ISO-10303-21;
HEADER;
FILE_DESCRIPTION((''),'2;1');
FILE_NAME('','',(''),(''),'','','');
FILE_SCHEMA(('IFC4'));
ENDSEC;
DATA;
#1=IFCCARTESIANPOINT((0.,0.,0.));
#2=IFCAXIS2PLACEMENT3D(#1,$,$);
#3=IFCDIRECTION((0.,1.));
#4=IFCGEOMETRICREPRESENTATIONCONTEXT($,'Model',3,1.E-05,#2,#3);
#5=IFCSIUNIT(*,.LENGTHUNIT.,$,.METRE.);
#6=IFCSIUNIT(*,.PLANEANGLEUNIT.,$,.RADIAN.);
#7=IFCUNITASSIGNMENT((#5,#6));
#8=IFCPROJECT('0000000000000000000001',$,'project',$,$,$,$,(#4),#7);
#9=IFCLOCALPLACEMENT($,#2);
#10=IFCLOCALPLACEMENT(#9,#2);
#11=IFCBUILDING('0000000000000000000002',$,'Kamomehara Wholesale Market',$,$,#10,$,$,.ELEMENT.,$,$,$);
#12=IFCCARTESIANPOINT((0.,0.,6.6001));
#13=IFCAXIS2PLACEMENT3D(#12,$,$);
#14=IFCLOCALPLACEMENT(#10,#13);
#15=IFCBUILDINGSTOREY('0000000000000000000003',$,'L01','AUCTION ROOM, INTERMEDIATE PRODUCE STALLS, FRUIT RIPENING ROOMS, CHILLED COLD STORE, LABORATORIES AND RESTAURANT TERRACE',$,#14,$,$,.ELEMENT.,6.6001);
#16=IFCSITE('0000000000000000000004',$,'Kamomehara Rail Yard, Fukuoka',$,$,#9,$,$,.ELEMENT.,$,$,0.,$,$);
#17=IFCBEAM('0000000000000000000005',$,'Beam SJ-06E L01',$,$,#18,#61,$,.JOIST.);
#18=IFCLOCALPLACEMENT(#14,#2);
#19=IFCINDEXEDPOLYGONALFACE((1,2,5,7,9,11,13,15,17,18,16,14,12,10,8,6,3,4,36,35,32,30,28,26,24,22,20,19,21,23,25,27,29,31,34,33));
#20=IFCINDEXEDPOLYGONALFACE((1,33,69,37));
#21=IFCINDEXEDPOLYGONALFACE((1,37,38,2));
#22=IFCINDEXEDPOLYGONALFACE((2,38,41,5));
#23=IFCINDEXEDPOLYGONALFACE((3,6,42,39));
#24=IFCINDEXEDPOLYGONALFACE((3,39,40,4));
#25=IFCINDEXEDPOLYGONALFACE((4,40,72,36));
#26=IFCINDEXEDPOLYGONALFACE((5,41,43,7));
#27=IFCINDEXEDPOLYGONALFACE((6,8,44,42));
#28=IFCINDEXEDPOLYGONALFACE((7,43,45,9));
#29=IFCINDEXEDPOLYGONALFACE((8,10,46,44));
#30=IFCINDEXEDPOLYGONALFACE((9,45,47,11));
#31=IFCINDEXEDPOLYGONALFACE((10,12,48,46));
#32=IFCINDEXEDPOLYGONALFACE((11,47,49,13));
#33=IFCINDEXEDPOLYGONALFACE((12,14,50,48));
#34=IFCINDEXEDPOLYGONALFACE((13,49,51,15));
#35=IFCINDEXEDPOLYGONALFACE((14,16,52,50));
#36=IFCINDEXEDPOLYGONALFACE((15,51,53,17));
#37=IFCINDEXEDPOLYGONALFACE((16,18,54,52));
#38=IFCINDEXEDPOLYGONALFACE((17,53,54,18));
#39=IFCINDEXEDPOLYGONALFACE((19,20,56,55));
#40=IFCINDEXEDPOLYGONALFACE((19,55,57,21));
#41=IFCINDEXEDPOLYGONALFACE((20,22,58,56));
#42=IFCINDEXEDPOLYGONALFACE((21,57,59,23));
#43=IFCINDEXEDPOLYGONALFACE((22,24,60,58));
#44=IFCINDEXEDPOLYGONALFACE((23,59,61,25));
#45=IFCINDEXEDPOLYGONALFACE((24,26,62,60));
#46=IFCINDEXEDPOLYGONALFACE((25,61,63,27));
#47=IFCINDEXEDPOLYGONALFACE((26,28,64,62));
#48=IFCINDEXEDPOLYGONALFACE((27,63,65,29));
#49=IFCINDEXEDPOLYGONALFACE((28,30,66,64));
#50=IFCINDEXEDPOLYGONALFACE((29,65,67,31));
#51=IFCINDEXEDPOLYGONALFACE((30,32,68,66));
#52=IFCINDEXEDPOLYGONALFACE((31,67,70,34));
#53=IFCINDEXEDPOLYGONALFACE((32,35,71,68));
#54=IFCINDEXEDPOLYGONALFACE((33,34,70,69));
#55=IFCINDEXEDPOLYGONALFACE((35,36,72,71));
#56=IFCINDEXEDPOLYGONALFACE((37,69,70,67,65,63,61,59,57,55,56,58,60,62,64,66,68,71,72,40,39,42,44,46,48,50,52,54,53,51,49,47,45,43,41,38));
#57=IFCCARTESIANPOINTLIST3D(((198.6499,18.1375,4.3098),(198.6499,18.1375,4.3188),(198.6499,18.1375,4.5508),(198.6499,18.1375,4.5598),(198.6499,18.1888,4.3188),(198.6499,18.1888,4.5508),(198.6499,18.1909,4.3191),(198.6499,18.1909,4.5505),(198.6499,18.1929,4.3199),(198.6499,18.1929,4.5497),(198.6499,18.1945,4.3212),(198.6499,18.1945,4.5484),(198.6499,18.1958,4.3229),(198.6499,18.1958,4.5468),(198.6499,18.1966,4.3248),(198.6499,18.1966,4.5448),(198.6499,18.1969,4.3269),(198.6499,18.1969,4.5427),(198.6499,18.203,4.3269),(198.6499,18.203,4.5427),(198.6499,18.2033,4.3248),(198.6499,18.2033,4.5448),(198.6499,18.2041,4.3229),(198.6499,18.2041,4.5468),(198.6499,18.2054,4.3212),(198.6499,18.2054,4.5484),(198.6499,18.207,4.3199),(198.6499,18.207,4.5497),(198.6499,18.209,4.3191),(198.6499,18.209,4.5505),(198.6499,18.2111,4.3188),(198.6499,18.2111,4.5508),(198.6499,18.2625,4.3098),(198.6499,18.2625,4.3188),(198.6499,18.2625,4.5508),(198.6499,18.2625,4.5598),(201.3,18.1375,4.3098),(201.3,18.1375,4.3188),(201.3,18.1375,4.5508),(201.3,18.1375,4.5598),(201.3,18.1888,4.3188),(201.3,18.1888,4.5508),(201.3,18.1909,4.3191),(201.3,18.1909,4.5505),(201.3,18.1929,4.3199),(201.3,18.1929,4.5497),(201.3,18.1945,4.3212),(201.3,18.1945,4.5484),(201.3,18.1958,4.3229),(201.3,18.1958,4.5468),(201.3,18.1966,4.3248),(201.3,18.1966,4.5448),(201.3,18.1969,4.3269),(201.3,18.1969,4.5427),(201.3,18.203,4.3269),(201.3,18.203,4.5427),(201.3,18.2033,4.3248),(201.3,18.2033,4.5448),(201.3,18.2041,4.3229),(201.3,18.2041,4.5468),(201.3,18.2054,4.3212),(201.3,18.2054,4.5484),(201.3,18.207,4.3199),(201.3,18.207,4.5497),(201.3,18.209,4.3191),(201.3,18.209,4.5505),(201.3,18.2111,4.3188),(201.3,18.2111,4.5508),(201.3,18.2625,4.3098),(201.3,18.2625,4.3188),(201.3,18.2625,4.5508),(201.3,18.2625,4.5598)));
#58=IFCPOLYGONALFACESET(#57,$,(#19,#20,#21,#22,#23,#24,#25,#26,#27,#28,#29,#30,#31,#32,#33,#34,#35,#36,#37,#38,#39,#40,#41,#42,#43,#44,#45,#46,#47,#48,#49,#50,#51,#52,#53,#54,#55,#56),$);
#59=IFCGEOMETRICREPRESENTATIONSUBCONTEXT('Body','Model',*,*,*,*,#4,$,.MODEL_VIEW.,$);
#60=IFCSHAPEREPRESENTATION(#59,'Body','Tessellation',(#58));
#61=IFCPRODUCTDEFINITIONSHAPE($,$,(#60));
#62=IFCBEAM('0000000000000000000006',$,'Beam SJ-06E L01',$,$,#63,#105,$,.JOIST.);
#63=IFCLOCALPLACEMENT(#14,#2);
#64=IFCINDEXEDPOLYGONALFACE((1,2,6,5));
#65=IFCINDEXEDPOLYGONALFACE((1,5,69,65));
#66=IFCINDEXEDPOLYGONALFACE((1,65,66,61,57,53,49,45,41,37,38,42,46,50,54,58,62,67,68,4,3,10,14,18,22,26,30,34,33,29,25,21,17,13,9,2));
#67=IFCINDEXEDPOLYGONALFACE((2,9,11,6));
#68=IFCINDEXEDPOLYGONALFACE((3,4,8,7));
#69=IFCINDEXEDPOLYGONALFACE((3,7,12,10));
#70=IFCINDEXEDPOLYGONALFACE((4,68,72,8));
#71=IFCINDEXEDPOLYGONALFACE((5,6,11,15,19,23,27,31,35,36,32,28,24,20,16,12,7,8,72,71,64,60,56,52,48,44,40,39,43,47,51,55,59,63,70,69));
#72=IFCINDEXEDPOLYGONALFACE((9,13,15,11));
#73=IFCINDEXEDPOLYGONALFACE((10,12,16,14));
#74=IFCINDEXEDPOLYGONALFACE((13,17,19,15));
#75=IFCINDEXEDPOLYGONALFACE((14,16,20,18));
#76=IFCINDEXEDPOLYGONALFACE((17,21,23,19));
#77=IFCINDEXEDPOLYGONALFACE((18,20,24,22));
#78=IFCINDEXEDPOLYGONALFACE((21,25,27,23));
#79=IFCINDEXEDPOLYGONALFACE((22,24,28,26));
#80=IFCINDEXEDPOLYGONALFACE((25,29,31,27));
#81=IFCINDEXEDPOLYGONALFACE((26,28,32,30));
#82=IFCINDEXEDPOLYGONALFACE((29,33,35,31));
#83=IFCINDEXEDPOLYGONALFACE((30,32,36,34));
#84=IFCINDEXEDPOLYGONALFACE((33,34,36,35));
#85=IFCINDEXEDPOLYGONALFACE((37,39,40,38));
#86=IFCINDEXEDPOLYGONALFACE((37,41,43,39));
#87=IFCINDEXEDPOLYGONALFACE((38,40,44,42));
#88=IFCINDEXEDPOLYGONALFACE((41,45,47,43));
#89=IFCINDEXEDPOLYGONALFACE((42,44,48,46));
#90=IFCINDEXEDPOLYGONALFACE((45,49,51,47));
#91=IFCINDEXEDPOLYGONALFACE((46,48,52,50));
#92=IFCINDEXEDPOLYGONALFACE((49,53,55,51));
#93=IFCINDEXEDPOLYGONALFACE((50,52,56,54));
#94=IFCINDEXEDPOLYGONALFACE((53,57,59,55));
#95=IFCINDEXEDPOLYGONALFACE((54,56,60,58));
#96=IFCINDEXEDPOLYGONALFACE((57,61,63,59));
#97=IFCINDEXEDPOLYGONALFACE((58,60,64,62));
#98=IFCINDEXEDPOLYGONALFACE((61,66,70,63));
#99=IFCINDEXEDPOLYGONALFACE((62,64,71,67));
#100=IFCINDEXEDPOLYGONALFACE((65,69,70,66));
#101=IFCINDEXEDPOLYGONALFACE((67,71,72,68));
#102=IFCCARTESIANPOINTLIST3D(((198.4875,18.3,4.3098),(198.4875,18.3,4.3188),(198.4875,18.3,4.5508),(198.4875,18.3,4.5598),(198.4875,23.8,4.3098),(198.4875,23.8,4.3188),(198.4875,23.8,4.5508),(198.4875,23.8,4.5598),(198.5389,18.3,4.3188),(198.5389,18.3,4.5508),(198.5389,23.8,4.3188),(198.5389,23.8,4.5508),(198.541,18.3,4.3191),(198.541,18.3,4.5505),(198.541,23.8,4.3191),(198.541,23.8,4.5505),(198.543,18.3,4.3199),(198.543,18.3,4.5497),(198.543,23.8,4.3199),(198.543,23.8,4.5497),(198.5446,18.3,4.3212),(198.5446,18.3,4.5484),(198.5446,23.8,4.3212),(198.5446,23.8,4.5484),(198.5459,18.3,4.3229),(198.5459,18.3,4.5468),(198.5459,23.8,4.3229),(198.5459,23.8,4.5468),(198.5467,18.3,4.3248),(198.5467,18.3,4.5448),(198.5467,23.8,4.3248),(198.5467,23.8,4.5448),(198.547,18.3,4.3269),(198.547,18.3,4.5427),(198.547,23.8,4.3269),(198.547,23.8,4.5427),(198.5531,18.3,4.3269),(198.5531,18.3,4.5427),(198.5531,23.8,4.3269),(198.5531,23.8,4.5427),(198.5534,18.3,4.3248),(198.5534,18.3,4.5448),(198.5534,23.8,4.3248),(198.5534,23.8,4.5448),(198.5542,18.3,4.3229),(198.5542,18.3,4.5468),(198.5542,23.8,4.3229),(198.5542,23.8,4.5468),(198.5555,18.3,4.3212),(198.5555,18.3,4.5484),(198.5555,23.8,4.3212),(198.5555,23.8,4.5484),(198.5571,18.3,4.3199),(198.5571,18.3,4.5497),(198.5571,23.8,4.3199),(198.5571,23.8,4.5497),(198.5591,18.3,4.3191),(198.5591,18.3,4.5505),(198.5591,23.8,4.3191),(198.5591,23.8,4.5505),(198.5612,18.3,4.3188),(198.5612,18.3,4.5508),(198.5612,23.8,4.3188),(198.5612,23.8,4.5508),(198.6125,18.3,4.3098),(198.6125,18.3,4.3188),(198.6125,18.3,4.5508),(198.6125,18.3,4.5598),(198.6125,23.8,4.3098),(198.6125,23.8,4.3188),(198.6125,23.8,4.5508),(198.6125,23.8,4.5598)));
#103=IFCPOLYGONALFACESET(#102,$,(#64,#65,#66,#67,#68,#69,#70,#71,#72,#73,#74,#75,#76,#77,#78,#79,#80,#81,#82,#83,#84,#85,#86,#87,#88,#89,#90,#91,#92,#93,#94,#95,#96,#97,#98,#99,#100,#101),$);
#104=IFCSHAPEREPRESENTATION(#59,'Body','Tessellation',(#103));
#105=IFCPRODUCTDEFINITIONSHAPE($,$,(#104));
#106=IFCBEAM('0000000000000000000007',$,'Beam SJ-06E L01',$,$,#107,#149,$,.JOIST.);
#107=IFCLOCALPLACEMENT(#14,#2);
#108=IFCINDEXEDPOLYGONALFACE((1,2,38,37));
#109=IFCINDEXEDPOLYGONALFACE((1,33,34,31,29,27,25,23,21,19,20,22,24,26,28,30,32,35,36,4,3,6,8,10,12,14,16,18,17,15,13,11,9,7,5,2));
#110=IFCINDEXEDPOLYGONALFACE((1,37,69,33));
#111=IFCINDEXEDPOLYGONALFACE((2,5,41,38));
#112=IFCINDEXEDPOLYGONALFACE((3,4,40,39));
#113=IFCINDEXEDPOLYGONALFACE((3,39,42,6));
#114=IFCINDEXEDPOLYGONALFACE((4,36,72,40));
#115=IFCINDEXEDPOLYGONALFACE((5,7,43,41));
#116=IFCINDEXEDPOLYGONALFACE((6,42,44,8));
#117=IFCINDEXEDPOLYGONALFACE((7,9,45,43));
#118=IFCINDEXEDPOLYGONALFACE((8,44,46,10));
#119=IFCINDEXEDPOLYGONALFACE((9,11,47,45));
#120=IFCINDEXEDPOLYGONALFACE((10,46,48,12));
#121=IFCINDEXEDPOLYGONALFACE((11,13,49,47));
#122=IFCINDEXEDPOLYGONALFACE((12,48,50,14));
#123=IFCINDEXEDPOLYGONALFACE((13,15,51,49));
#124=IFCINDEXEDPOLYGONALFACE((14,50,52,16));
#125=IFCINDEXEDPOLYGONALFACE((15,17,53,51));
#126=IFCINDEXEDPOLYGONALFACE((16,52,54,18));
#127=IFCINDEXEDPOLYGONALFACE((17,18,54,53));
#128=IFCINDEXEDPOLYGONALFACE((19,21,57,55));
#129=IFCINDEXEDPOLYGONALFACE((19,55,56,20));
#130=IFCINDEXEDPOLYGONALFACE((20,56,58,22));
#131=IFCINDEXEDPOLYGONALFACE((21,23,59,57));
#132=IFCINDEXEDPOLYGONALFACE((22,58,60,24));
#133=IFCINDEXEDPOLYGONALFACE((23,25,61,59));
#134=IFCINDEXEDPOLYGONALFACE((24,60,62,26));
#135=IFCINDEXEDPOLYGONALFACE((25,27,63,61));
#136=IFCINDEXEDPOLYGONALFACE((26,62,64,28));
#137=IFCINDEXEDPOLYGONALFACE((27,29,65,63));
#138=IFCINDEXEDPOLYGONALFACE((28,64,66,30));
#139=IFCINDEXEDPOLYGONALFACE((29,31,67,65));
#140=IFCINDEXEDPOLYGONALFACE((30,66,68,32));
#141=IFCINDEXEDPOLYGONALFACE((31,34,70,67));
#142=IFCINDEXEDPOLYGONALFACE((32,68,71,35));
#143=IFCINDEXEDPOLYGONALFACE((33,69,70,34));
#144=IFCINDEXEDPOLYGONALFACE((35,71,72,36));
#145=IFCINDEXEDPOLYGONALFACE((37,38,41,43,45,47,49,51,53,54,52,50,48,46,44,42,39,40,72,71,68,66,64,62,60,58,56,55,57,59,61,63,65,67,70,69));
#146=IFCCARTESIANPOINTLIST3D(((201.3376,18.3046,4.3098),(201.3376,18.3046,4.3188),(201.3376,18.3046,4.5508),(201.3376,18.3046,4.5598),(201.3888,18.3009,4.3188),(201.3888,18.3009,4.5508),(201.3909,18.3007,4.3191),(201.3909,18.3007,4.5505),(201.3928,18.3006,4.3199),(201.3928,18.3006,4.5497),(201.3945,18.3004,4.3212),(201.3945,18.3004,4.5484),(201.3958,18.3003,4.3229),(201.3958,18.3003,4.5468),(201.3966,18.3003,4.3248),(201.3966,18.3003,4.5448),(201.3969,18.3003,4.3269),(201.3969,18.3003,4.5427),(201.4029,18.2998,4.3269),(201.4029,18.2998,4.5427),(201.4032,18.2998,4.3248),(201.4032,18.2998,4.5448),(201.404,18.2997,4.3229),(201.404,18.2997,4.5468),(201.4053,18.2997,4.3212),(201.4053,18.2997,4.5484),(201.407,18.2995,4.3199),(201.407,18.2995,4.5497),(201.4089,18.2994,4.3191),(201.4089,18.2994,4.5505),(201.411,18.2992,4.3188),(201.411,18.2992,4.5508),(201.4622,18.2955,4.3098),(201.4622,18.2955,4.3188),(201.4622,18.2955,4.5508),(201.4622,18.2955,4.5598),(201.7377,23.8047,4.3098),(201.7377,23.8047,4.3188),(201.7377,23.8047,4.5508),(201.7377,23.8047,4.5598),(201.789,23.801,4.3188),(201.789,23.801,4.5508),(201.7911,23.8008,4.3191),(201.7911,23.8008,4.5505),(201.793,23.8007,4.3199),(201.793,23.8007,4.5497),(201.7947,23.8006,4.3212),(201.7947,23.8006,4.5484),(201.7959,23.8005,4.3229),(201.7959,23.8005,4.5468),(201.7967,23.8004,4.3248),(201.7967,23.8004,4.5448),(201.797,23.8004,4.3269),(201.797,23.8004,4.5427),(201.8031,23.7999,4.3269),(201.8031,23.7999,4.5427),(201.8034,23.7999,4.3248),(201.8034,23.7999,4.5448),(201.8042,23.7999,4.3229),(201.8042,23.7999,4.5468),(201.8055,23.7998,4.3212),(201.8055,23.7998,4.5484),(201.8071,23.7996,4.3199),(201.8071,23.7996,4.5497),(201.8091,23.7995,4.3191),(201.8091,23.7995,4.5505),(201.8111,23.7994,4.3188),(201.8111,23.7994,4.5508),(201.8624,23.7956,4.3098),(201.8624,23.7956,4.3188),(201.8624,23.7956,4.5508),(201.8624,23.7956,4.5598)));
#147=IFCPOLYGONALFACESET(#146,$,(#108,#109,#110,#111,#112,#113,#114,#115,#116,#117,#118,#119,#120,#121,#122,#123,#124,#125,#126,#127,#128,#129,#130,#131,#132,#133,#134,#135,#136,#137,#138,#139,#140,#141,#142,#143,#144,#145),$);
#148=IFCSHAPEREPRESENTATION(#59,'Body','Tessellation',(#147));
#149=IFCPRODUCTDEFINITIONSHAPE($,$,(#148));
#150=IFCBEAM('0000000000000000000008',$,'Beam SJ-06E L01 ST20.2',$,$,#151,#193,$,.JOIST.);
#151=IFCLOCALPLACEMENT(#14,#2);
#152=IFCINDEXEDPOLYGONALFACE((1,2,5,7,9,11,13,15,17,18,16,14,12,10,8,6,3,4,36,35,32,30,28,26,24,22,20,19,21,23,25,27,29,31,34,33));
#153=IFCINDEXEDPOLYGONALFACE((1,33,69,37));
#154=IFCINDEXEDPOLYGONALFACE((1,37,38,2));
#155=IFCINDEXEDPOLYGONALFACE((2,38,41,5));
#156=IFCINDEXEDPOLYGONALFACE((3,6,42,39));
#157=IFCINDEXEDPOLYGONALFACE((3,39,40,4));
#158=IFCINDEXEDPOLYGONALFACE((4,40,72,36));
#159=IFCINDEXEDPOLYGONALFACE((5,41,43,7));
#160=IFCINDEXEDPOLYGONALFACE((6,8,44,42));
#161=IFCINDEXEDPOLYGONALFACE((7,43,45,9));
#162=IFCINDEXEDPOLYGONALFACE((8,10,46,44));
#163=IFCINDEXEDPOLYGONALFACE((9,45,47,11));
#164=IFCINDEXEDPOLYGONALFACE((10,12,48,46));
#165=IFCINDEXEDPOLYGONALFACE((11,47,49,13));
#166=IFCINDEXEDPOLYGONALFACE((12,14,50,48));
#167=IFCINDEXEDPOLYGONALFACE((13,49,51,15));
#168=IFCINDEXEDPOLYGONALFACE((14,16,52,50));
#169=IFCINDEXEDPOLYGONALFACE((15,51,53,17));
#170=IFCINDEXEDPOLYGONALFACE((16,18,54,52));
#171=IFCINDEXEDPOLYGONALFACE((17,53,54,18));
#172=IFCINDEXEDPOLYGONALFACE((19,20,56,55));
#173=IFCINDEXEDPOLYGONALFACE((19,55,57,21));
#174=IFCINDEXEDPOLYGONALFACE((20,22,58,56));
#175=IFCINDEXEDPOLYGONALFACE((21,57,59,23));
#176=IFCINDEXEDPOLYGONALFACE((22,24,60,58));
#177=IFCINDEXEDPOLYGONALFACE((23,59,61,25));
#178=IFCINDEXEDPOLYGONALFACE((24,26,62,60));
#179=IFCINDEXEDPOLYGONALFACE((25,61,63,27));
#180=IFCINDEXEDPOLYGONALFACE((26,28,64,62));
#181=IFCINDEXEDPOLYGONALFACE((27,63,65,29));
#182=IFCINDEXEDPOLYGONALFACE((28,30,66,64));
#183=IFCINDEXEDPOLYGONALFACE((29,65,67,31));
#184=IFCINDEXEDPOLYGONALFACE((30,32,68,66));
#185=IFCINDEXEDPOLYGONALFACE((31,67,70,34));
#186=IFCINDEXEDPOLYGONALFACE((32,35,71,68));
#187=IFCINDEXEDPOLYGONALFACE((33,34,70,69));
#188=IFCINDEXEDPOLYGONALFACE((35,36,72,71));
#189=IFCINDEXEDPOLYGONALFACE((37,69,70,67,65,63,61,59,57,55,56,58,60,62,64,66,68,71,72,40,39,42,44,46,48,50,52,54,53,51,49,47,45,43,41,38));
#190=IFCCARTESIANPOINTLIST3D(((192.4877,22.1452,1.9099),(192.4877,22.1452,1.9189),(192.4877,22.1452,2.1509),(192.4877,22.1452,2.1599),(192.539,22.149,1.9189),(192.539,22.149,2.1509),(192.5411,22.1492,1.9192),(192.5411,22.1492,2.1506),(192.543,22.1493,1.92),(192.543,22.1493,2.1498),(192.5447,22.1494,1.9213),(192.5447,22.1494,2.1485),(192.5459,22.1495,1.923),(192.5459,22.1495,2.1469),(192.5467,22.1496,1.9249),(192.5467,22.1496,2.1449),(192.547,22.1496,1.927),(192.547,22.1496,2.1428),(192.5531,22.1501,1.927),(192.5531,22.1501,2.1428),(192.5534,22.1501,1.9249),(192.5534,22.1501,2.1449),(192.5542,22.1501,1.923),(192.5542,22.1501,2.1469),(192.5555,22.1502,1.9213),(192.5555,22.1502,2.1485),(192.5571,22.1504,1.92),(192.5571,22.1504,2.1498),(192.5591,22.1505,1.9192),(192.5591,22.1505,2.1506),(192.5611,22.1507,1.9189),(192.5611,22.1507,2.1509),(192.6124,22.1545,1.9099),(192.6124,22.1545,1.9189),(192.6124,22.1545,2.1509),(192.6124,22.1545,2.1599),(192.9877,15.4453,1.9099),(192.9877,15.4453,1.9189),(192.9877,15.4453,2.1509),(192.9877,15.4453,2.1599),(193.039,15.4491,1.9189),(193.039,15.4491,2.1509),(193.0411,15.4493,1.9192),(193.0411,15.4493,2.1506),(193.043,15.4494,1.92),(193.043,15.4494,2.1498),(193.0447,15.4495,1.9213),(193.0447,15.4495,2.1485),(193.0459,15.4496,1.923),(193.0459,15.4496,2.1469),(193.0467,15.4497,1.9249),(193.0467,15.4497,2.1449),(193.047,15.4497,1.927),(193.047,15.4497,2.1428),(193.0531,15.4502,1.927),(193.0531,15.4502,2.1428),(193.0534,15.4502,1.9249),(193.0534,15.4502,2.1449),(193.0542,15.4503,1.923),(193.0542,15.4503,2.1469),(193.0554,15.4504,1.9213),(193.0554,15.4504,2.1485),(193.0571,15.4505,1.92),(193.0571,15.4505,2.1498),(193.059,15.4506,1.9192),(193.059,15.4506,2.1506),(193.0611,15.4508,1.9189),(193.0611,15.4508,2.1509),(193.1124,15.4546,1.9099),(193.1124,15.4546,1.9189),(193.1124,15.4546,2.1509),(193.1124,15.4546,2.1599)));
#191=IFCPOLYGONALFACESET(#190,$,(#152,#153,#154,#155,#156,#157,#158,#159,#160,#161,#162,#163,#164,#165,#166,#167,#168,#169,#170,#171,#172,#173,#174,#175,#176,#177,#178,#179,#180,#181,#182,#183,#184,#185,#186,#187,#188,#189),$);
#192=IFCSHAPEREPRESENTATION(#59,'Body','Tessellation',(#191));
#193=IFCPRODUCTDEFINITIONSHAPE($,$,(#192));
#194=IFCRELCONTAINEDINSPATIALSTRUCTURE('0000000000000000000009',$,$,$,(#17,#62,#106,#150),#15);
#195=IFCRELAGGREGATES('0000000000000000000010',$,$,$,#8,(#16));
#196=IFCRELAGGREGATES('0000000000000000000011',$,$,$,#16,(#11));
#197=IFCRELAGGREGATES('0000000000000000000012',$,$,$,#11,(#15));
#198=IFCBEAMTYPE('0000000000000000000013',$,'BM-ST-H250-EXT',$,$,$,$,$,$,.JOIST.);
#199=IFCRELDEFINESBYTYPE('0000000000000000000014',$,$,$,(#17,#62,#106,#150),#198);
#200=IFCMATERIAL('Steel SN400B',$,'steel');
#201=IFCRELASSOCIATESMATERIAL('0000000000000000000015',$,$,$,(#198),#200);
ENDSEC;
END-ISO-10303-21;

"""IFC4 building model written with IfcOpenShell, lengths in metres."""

from ifc_helpers import new_model, si_unit, direction, frame, origin, origin_2d, place, context, subcontext, project, spatial, i_section, extrude, material, material_profile, profile_set, type_object, element, save


model = new_model("IFC4")

# Units and contexts
model_context = context("Model", 3, precision=1e-05, world=origin(), true_north=direction((0.0, 1.0)))
body_context = subcontext(model_context, "Body", "Model", "MODEL_VIEW")
ifc_project = project(units=[si_unit("LENGTHUNIT", "METRE"), si_unit("PLANEANGLEUNIT", "RADIAN")], contexts=[model_context])

# Site, building, storey
site_placement = place(None, origin())
site = spatial("IfcSite", under=ifc_project, at=site_placement, Name="Kamomehara Rail Yard, Fukuoka", CompositionType="ELEMENT", RefElevation=0.0)
building_placement = place(site_placement, origin())
building = spatial("IfcBuilding", under=site, at=building_placement, Name="Kamomehara Wholesale Market", CompositionType="ELEMENT")
storey_placement = place(building_placement, frame((0.0, 0.0, 6.6001)))
storey = spatial("IfcBuildingStorey", under=building, at=storey_placement, Name="L01", Description="AUCTION ROOM, INTERMEDIATE PRODUCE STALLS, FRUIT RIPENING ROOMS, CHILLED COLD STORE, LABORATORIES AND RESTAURANT TERRACE", CompositionType="ELEMENT", Elevation=6.6001)

# Beams
ifc_material_1 = material(Name="Steel SN400B", Category="steel")
ifc_material_profile_1 = material_profile(ifc_material_1, i_section(OverallWidth=0.125, OverallDepth=0.25, WebThickness=0.0061, FlangeThickness=0.009, FilletRadius=0.0081, at=origin_2d()), Name="H-250x125x6x9")
ifc_profile_set_1 = profile_set([ifc_material_profile_1], Name="Steel SN400B")
beam_type_1 = type_object("IfcBeamType", Name="BM-ST-H250-EXT", PredefinedType="JOIST", material=ifc_profile_set_1)
beam_1_placement = place(storey_placement, frame((198.6499, 18.2, 4.4348), z_axis=(1.0, 0.0, 0.0), x_axis=(0.0, 1.0, 0.0)))
element("IfcBeam", 1, at=beam_1_placement, inside=storey, type_object=beam_type_1, Name="Beam SJ-06E L01", PredefinedType="JOIST", context=body_context, shape_type="SweptSolid", body=[
    extrude(i_section(OverallWidth=0.125, OverallDepth=0.25, WebThickness=0.0061, FlangeThickness=0.009, FilletRadius=0.0081, at=origin_2d()), origin(), (0.0, 0.0, 1.0), 2.6501),
])
beam_2_placement = place(storey_placement, frame((198.55, 18.3, 4.4348), z_axis=(0.0, 1.0, 0.0), x_axis=(-1.0, 0.0, 0.0)))
element("IfcBeam", 2, at=beam_2_placement, inside=storey, type_object=beam_type_1, Name="Beam SJ-06E L01", PredefinedType="JOIST", context=body_context, shape_type="SweptSolid", body=[
    extrude(i_section(OverallWidth=0.125, OverallDepth=0.25, WebThickness=0.0061, FlangeThickness=0.009, FilletRadius=0.0081, at=origin_2d()), origin(), (0.0, 0.0, 1.0), 5.5),
])
beam_3_placement = place(storey_placement, frame((201.3999, 18.3, 4.4348), z_axis=(0.072562, 0.997364, 0.0), x_axis=(-0.997364, 0.072562, 0.0)))
element("IfcBeam", 3, at=beam_3_placement, inside=storey, type_object=beam_type_1, Name="Beam SJ-06E L01", PredefinedType="JOIST", context=body_context, shape_type="SweptSolid", body=[
    extrude(i_section(OverallWidth=0.125, OverallDepth=0.25, WebThickness=0.0061, FlangeThickness=0.009, FilletRadius=0.0081, at=origin_2d()), origin(), (0.0, 0.0, 1.0), 5.5146),
])
beam_4_placement = place(storey_placement, frame((193.05, 15.45, 2.0349), z_axis=(-0.07442, 0.997227, 0.0), x_axis=(-0.997227, -0.07442, 0.0)))
element("IfcBeam", 4, at=beam_4_placement, inside=storey, type_object=beam_type_1, Name="Beam SJ-06E L01 ST20.2", PredefinedType="JOIST", context=body_context, shape_type="SweptSolid", body=[
    extrude(i_section(OverallWidth=0.125, OverallDepth=0.25, WebThickness=0.0061, FlangeThickness=0.009, FilletRadius=0.0081, at=origin_2d()), origin(), (0.0, 0.0, 1.0), 6.7185),
])

save(model, "model.ifc")
